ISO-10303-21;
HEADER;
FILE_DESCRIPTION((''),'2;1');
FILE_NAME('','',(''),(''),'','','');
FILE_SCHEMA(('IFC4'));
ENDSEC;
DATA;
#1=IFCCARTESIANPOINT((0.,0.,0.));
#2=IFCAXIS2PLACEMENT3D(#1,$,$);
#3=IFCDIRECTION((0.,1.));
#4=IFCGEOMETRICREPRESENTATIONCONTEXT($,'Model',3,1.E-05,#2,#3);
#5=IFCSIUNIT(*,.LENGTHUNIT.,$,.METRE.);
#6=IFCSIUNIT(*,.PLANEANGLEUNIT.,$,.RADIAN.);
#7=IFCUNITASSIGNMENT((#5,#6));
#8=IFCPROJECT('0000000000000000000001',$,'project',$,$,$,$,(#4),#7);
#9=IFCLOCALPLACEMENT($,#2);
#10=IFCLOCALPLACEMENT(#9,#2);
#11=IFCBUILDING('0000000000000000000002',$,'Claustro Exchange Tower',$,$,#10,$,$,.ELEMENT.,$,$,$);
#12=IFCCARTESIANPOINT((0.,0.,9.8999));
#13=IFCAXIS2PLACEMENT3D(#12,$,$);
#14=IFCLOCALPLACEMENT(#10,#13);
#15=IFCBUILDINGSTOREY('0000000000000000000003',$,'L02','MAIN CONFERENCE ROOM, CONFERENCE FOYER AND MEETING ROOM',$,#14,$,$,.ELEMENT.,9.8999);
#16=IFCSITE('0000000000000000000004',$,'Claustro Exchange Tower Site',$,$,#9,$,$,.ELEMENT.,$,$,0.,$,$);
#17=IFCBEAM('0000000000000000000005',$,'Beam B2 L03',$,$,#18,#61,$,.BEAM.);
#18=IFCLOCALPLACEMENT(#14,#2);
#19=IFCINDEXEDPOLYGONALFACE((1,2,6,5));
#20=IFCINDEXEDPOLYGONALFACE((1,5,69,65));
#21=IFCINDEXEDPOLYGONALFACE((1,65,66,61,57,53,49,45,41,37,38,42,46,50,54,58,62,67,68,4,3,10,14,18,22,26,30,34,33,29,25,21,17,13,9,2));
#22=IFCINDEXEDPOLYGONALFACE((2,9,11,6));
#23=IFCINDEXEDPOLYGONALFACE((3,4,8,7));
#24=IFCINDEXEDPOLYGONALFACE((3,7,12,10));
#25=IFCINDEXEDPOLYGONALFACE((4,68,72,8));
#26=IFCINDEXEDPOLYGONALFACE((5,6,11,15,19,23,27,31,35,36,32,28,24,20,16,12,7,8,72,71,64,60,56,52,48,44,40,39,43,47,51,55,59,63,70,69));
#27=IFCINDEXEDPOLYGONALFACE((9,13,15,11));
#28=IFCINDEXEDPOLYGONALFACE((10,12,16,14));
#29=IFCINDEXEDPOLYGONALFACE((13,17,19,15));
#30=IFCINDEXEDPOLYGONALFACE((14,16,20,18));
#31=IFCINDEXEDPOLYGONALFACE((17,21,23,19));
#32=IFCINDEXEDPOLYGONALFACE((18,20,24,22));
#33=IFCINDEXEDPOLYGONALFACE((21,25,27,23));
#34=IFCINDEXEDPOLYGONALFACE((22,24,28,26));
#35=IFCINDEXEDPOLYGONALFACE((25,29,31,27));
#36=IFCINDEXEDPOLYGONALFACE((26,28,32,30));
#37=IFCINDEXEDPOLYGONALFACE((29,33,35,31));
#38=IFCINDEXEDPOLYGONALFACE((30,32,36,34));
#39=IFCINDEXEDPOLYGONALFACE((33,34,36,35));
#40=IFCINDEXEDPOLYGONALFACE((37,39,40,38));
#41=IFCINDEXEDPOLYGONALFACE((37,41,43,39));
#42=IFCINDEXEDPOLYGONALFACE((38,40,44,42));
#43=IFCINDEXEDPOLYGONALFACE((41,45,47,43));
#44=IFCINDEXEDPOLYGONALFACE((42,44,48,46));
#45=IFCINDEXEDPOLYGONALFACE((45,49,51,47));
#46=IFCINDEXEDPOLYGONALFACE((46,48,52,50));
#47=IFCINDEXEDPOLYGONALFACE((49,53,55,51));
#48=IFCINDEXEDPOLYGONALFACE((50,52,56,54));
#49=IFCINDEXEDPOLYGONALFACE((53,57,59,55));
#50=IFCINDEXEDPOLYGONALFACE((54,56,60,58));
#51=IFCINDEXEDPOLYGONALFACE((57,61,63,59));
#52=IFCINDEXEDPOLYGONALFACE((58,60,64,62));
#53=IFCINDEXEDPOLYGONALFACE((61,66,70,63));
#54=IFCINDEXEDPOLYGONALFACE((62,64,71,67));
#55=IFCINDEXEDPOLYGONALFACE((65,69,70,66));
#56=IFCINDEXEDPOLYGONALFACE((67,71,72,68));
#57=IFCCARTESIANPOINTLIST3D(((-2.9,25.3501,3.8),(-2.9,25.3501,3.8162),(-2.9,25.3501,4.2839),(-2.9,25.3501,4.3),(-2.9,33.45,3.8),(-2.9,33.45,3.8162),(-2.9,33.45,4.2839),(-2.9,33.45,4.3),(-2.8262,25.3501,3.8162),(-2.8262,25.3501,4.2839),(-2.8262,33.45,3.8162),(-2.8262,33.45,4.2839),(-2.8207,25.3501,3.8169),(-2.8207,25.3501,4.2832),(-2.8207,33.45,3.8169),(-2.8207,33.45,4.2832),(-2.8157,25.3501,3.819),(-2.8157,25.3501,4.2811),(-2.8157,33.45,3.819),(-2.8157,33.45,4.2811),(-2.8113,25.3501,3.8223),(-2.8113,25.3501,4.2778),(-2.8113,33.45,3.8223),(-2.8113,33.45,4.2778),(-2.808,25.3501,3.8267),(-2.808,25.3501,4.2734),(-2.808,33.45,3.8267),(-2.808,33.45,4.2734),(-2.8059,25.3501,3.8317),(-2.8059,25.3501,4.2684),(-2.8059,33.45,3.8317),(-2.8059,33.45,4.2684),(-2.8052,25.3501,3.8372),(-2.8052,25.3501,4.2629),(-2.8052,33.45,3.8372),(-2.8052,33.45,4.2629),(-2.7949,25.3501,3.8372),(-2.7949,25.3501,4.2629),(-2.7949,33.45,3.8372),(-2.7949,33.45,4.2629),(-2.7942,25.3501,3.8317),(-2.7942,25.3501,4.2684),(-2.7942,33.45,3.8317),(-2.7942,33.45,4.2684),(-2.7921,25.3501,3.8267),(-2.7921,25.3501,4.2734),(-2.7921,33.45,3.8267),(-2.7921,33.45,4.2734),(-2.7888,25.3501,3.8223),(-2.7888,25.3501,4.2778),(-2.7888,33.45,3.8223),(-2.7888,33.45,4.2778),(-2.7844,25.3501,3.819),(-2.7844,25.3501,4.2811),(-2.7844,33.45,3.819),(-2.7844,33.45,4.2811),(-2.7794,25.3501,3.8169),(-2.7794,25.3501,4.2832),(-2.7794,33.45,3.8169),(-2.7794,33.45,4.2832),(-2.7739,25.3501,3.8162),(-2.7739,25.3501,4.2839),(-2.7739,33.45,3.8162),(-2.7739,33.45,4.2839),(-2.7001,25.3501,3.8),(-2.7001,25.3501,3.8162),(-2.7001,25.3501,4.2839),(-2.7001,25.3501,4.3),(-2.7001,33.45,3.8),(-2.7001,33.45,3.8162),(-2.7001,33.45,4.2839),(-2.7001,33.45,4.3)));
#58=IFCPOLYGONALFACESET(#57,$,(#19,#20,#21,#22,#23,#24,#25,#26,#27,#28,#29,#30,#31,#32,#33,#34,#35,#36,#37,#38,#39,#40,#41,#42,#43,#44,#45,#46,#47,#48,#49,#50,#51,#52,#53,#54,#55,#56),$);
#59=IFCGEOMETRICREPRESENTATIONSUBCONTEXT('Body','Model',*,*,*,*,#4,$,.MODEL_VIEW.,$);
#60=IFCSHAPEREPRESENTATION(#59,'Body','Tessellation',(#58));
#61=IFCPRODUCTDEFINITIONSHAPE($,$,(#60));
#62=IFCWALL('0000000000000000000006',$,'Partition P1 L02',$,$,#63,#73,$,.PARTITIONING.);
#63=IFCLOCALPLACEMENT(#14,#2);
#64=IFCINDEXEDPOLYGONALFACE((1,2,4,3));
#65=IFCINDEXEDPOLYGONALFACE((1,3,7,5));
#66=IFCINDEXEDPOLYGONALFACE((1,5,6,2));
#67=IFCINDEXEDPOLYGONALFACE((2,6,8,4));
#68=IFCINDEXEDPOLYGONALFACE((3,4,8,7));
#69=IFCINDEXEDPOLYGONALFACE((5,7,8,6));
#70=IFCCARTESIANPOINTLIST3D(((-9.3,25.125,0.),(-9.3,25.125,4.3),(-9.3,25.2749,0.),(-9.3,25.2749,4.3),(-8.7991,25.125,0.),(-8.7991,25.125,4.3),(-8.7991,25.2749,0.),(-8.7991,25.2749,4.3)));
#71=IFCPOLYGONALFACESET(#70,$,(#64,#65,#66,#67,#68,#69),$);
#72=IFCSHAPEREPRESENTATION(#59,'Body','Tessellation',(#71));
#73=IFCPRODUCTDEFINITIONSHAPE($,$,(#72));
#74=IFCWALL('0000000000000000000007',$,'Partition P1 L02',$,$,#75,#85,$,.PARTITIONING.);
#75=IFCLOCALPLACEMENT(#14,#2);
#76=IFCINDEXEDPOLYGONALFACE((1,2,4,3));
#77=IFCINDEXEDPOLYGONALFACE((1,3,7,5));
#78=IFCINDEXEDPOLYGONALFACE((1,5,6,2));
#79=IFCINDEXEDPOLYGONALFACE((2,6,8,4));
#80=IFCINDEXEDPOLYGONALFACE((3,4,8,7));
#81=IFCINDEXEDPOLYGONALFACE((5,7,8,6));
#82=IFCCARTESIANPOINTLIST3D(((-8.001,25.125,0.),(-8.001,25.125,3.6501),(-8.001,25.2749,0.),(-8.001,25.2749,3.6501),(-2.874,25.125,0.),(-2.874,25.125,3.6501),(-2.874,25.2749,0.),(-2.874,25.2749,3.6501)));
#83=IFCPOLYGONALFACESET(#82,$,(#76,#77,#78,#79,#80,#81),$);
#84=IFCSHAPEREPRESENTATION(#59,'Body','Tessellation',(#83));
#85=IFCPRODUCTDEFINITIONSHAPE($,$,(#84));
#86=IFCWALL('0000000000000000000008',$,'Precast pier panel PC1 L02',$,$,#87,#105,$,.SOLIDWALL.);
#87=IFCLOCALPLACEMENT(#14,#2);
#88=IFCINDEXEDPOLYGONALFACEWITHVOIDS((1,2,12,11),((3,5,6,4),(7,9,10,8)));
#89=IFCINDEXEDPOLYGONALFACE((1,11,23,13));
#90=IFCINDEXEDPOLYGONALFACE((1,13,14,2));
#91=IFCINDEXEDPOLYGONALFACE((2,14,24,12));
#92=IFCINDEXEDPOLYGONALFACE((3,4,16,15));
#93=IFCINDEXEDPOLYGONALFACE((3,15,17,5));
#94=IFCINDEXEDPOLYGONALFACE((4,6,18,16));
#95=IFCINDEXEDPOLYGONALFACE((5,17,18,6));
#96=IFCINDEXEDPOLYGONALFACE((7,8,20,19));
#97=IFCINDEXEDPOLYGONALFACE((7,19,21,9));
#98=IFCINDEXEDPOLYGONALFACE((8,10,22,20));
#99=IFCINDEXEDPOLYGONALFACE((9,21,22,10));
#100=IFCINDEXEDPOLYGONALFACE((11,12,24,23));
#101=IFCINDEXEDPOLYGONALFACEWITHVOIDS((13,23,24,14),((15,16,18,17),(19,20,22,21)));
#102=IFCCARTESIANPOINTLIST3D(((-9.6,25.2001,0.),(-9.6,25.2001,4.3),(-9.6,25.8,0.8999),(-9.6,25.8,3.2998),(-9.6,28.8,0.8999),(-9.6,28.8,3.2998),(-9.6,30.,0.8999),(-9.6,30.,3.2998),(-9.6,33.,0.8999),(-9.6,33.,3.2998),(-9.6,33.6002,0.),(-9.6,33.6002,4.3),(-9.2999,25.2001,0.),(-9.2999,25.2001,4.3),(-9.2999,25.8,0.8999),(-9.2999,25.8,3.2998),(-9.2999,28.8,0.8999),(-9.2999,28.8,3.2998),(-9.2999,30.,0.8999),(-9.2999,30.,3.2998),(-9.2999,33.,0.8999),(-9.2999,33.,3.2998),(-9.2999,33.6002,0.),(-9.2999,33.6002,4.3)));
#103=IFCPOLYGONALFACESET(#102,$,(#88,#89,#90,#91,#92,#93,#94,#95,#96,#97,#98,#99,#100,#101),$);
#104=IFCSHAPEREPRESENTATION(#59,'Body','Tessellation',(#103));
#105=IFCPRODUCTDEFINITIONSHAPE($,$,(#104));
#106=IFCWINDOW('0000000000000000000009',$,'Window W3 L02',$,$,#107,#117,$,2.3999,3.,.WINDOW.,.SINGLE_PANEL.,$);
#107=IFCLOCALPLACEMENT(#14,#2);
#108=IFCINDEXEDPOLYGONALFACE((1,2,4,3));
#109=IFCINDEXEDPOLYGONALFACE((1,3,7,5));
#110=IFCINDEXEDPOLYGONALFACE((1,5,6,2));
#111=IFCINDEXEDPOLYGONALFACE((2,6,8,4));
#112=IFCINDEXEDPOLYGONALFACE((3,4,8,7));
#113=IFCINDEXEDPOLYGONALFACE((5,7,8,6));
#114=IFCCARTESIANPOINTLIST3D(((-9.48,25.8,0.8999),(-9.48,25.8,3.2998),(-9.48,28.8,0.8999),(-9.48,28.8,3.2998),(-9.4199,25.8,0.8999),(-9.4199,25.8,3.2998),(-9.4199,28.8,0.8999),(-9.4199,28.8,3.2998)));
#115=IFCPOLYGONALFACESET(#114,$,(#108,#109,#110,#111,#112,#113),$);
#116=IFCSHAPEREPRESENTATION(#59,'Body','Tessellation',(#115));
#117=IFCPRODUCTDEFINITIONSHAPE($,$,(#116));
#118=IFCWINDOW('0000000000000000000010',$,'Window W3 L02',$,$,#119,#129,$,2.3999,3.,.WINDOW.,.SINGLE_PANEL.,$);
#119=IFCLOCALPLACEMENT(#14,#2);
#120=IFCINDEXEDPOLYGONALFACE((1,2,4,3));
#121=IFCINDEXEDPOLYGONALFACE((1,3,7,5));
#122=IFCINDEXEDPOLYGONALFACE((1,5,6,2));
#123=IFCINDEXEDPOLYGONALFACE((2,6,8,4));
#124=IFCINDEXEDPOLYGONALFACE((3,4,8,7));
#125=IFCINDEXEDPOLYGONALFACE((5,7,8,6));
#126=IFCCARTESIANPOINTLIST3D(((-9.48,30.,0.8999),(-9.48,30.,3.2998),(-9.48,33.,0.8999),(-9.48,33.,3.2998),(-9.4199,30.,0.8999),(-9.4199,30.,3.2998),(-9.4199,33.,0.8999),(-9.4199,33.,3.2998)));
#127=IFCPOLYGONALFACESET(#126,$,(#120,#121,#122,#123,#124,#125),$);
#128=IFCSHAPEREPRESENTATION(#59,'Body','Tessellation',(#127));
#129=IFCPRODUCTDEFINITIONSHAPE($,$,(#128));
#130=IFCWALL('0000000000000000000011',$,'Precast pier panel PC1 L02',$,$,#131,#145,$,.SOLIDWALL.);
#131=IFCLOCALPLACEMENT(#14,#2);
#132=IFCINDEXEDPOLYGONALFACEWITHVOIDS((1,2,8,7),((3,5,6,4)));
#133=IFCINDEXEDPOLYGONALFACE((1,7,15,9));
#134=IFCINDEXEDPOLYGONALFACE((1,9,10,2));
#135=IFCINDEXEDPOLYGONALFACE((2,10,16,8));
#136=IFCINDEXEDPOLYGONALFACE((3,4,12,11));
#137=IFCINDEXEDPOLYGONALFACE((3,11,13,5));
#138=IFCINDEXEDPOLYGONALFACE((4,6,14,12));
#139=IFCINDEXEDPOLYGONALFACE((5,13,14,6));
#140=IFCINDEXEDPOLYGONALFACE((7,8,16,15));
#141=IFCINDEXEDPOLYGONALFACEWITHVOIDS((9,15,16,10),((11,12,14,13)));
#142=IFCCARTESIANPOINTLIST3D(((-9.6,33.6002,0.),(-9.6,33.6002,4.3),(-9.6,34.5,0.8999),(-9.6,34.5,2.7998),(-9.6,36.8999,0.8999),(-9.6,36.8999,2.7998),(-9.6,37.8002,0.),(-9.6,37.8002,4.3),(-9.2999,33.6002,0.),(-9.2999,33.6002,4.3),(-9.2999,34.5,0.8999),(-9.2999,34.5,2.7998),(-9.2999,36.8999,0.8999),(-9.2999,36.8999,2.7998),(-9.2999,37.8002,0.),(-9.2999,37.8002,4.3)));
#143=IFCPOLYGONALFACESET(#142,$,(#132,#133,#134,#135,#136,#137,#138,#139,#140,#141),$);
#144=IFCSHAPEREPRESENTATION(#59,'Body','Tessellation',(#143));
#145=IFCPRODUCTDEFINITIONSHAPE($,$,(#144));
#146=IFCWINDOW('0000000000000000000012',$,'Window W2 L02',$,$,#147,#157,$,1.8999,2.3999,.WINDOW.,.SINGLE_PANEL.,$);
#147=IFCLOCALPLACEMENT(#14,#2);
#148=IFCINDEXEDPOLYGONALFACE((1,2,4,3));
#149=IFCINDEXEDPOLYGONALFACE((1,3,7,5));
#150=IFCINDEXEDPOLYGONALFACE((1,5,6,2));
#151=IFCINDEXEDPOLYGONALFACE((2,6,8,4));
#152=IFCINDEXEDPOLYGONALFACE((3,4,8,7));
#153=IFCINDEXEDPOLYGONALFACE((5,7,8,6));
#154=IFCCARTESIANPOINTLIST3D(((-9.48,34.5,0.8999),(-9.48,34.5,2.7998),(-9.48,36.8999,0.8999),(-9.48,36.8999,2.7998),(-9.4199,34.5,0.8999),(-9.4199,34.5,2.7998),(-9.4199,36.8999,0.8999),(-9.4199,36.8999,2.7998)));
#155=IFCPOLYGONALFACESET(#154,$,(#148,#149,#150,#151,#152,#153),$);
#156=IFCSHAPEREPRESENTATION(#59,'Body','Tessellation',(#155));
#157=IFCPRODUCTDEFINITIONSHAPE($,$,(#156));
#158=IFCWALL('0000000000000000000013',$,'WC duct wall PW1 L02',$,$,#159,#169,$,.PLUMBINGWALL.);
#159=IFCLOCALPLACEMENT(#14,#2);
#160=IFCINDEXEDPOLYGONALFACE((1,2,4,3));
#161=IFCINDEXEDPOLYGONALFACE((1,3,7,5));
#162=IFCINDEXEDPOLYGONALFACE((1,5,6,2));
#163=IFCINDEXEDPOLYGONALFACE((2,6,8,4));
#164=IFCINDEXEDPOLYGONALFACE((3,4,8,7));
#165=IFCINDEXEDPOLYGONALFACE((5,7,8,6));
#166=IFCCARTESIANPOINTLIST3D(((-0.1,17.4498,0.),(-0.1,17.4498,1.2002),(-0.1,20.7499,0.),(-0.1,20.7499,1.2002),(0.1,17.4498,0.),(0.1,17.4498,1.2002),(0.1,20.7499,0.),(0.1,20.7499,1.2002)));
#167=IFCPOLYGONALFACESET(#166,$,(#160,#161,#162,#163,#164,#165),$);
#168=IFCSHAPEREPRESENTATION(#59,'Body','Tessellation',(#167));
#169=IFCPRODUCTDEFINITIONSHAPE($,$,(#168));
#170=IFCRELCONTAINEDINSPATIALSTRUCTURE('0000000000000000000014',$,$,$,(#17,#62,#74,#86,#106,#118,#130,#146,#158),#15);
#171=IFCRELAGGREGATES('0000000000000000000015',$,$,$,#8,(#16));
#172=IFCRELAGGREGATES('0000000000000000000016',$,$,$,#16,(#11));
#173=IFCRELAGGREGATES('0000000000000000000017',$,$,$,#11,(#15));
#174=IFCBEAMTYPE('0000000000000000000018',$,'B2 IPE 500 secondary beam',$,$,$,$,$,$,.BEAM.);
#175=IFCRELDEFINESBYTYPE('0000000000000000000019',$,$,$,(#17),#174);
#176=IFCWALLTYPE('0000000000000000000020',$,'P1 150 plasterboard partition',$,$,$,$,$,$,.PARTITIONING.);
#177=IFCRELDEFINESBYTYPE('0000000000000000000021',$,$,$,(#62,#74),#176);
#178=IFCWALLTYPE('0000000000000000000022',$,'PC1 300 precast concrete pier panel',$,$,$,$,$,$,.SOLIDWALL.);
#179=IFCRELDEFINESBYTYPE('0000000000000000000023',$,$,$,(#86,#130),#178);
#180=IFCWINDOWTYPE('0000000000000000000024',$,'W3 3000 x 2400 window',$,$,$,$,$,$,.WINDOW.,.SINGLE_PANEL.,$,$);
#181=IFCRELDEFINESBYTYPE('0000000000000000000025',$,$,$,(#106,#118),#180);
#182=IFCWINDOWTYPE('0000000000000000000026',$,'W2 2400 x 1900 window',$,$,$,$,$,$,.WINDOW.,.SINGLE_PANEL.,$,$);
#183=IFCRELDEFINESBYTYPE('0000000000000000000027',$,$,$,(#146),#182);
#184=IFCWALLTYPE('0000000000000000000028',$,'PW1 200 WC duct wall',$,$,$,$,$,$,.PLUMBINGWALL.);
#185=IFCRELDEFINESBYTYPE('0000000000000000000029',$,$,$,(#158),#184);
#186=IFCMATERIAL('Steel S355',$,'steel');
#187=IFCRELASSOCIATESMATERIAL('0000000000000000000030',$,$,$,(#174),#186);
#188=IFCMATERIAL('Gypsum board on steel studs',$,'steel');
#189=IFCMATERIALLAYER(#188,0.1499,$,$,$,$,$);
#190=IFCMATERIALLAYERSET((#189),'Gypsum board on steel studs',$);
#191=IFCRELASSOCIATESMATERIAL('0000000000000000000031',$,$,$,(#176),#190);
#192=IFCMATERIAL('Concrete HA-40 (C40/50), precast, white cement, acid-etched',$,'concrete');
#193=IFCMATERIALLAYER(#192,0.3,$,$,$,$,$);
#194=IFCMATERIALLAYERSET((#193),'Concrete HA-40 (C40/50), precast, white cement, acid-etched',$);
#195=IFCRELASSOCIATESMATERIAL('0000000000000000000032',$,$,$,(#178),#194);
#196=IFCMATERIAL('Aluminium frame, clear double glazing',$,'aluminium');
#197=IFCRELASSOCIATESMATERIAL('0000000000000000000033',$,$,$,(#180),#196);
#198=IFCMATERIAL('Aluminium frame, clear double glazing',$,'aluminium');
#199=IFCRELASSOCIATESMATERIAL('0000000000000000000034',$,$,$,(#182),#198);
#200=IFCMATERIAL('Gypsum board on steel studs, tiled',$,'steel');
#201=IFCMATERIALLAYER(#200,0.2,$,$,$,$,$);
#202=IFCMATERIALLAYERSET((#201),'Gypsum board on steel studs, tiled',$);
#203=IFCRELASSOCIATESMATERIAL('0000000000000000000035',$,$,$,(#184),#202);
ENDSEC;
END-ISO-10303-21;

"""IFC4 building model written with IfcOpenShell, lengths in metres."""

from ifc_helpers import new_model, si_unit, direction, frame, frame_2d, origin, origin_2d, place, context, subcontext, project, spatial, rectangle, i_section, extrude, material, layer, layer_set, material_profile, profile_set, type_object, element, fill, save


model = new_model("IFC4")

# Units and contexts
model_context = context("Model", 3, precision=1e-05, world=origin(), true_north=direction((0.0, 1.0)))
body_context = subcontext(model_context, "Body", "Model", "MODEL_VIEW")
ifc_project = project(units=[si_unit("LENGTHUNIT", "METRE"), si_unit("PLANEANGLEUNIT", "RADIAN")], contexts=[model_context])

# Site, building, storey
site_placement = place(None, origin())
site = spatial("IfcSite", under=ifc_project, at=site_placement, Name="Claustro Exchange Tower Site", CompositionType="ELEMENT", RefElevation=0.0)
building_placement = place(site_placement, origin())
building = spatial("IfcBuilding", under=site, at=building_placement, Name="Claustro Exchange Tower", CompositionType="ELEMENT")
storey_placement = place(building_placement, frame((0.0, 0.0, 9.8999)))
storey = spatial("IfcBuildingStorey", under=building, at=storey_placement, Name="L02", Description="MAIN CONFERENCE ROOM, CONFERENCE FOYER AND MEETING ROOM", CompositionType="ELEMENT", Elevation=9.8999)

# Beam
ifc_material_1 = material(Name="Steel S355", Category="steel")
ifc_material_profile_1 = material_profile(ifc_material_1, i_section(OverallWidth=0.2, OverallDepth=0.5, WebThickness=0.0103, FlangeThickness=0.0161, FilletRadius=0.021, at=origin_2d()), Name="IPE 500")
ifc_profile_set_1 = profile_set([ifc_material_profile_1], Name="Steel S355")
beam_type_1 = type_object("IfcBeamType", Name="B2 IPE 500 secondary beam", PredefinedType="BEAM", material=ifc_profile_set_1)
for number, where, z_axis, x_axis, name in (
    (1, (-2.8, 25.3501, 4.05), (0.0, 1.0, 0.0), (-1.0, 0.0, 0.0), "Beam B2 L03"),
):
    element("IfcBeam", number, at=place(storey_placement, frame(where, z_axis=z_axis, x_axis=x_axis)), inside=storey, type_object=beam_type_1, Name=name, PredefinedType="BEAM", context=body_context, shape_type="SweptSolid", body=[
        extrude(i_section(OverallWidth=0.2, OverallDepth=0.5, WebThickness=0.0103, FlangeThickness=0.0161, FilletRadius=0.021, at=origin_2d()), origin(), (0.0, 0.0, 1.0), 8.0999),
    ])

# Walls
ifc_material_2 = material(Name="Gypsum board on steel studs", Category="steel")
ifc_layer_1 = layer(ifc_material_2, 0.1499)
ifc_layer_set_1 = layer_set([ifc_layer_1], Name="Gypsum board on steel studs")
wall_type_1 = type_object("IfcWallType", Name="P1 150 plasterboard partition", PredefinedType="PARTITIONING", material=ifc_layer_set_1)
wall_1_placement = place(storey_placement, frame((-9.3, 25.2, 0.0), z_axis=(0.0, 0.0, 1.0), x_axis=(1.0, 0.0, 0.0)))
element("IfcWall", 2, at=wall_1_placement, inside=storey, type_object=wall_type_1, Name="Partition P1 L02", PredefinedType="PARTITIONING", context=body_context, shape_type="SweptSolid", body=[
    extrude(rectangle(XDim=0.501, YDim=0.1499, at=frame_2d((0.2505, 0.0))), origin(), (0.0, 0.0, 1.0), 4.3),
])
wall_2_placement = place(storey_placement, frame((-8.001, 25.2, 0.0), z_axis=(0.0, 0.0, 1.0), x_axis=(1.0, 0.0, 0.0)))
element("IfcWall", 3, at=wall_2_placement, inside=storey, type_object=wall_type_1, Name="Partition P1 L02", PredefinedType="PARTITIONING", context=body_context, shape_type="SweptSolid", body=[
    extrude(rectangle(XDim=5.127, YDim=0.1499, at=frame_2d((2.5635, 0.0))), origin(), (0.0, 0.0, 1.0), 3.6501),
])

# Wall, openings, windows
ifc_material_3 = material(Name="Concrete HA-40 (C40/50), precast, white cement, acid-etched", Category="concrete")
ifc_layer_2 = layer(ifc_material_3, 0.3)
ifc_layer_set_2 = layer_set([ifc_layer_2], Name="Concrete HA-40 (C40/50), precast, white cement, acid-etched")
wall_type_2 = type_object("IfcWallType", Name="PC1 300 precast concrete pier panel", PredefinedType="SOLIDWALL", material=ifc_layer_set_2)
wall_3_placement = place(storey_placement, frame((-9.45, 25.2, 0.0), z_axis=(0.0, 0.0, 1.0), x_axis=(0.0, 1.0, 0.0)))
wall_3 = element("IfcWall", 4, at=wall_3_placement, inside=storey, type_object=wall_type_2, Name="Precast pier panel PC1 L02", PredefinedType="SOLIDWALL", context=body_context, shape_type="SweptSolid", body=[
    extrude(rectangle(XDim=8.4001, YDim=0.3, at=frame_2d((4.2002, 0.0))), origin(), (0.0, 0.0, 1.0), 4.3),
])
opening_1_placement = place(wall_3_placement, frame((0.6001, 0.0, 0.8999)))
opening_1 = element("IfcOpeningElement", 5, at=opening_1_placement, cuts=wall_3, PredefinedType="OPENING", context=body_context, shape_type="SweptSolid", body=[
    extrude(rectangle(XDim=3.0, YDim=2.3999, at=frame_2d((1.5, 1.2))), frame((0.0, 0.1599, 0.0), z_axis=(0.0, -1.0, 0.0), x_axis=(1.0, 0.0, 0.0)), (0.0, 0.0, 1.0), 0.3201),
])
opening_2_placement = place(wall_3_placement, frame((4.8, 0.0, 0.8999)))
opening_2 = element("IfcOpeningElement", 6, at=opening_2_placement, cuts=wall_3, PredefinedType="OPENING", context=body_context, shape_type="SweptSolid", body=[
    extrude(rectangle(XDim=3.0, YDim=2.3999, at=frame_2d((1.5, 1.2))), frame((0.0, 0.1599, 0.0), z_axis=(0.0, -1.0, 0.0), x_axis=(1.0, 0.0, 0.0)), (0.0, 0.0, 1.0), 0.3201),
])
ifc_material_4 = material(Name="Aluminium frame, clear double glazing", Category="aluminium")
window_type_1 = type_object("IfcWindowType", Name="W3 3000 x 2400 window", PartitioningType="SINGLE_PANEL", PredefinedType="WINDOW", material=ifc_material_4)
window_1_placement = place(opening_1_placement, origin())
window_1 = element("IfcWindow", 7, at=window_1_placement, inside=storey, type_object=window_type_1, Name="Window W3 L02", OverallHeight=2.3999, OverallWidth=3.0, PartitioningType="SINGLE_PANEL", PredefinedType="WINDOW", context=body_context, shape_type="SweptSolid", body=[
    extrude(rectangle(XDim=3.0, YDim=2.3999, at=frame_2d((1.5, 1.2))), frame((0.0, 0.03, 0.0), z_axis=(0.0, -1.0, 0.0), x_axis=(1.0, 0.0, 0.0)), (0.0, 0.0, 1.0), 0.0601),
])
fill(opening_1, window_1)
window_2_placement = place(opening_2_placement, origin())
window_2 = element("IfcWindow", 8, at=window_2_placement, inside=storey, type_object=window_type_1, Name="Window W3 L02", OverallHeight=2.3999, OverallWidth=3.0, PartitioningType="SINGLE_PANEL", PredefinedType="WINDOW", context=body_context, shape_type="SweptSolid", body=[
    extrude(rectangle(XDim=3.0, YDim=2.3999, at=frame_2d((1.5, 1.2))), frame((0.0, 0.03, 0.0), z_axis=(0.0, -1.0, 0.0), x_axis=(1.0, 0.0, 0.0)), (0.0, 0.0, 1.0), 0.0601),
])
fill(opening_2, window_2)

# Wall, opening, window
wall_4_placement = place(storey_placement, frame((-9.45, 33.6001, 0.0), z_axis=(0.0, 0.0, 1.0), x_axis=(0.0, 1.0, 0.0)))
wall_4 = element("IfcWall", 9, at=wall_4_placement, inside=storey, type_object=wall_type_2, Name="Precast pier panel PC1 L02", PredefinedType="SOLIDWALL", context=body_context, shape_type="SweptSolid", body=[
    extrude(rectangle(XDim=4.2, YDim=0.3, at=frame_2d((2.1001, 0.0))), origin(), (0.0, 0.0, 1.0), 4.3),
])
opening_3_placement = place(wall_4_placement, frame((0.8999, 0.0, 0.8999)))
opening_3 = element("IfcOpeningElement", 10, at=opening_3_placement, cuts=wall_4, PredefinedType="OPENING", context=body_context, shape_type="SweptSolid", body=[
    extrude(rectangle(XDim=2.3999, YDim=1.8999, at=frame_2d((1.2, 0.95))), frame((0.0, 0.1599, 0.0), z_axis=(0.0, -1.0, 0.0), x_axis=(1.0, 0.0, 0.0)), (0.0, 0.0, 1.0), 0.3201),
])
ifc_material_5 = material(Name="Aluminium frame, clear double glazing", Category="aluminium")
window_type_2 = type_object("IfcWindowType", Name="W2 2400 x 1900 window", PartitioningType="SINGLE_PANEL", PredefinedType="WINDOW", material=ifc_material_5)
window_3_placement = place(opening_3_placement, origin())
window_3 = element("IfcWindow", 11, at=window_3_placement, inside=storey, type_object=window_type_2, Name="Window W2 L02", OverallHeight=1.8999, OverallWidth=2.3999, PartitioningType="SINGLE_PANEL", PredefinedType="WINDOW", context=body_context, shape_type="SweptSolid", body=[
    extrude(rectangle(XDim=2.3999, YDim=1.8999, at=frame_2d((1.2, 0.95))), frame((0.0, 0.03, 0.0), z_axis=(0.0, -1.0, 0.0), x_axis=(1.0, 0.0, 0.0)), (0.0, 0.0, 1.0), 0.0601),
])
fill(opening_3, window_3)

# Wall
ifc_material_6 = material(Name="Gypsum board on steel studs, tiled", Category="steel")
ifc_layer_3 = layer(ifc_material_6, 0.2)
ifc_layer_set_3 = layer_set([ifc_layer_3], Name="Gypsum board on steel studs, tiled")
wall_type_3 = type_object("IfcWallType", Name="PW1 200 WC duct wall", PredefinedType="PLUMBINGWALL", material=ifc_layer_set_3)
for number, where, z_axis, x_axis, name in (
    (12, (0.0, 17.45, 0.0), (0.0, 0.0, 1.0), (0.0, 1.0, 0.0), "WC duct wall PW1 L02"),
):
    element("IfcWall", number, at=place(storey_placement, frame(where, z_axis=z_axis, x_axis=x_axis)), inside=storey, type_object=wall_type_3, Name=name, PredefinedType="PLUMBINGWALL", context=body_context, shape_type="SweptSolid", body=[
        extrude(rectangle(XDim=3.3, YDim=0.2, at=frame_2d((1.6499, 0.0))), origin(), (0.0, 0.0, 1.0), 1.2002),
    ])

save(model, "model.ifc")
